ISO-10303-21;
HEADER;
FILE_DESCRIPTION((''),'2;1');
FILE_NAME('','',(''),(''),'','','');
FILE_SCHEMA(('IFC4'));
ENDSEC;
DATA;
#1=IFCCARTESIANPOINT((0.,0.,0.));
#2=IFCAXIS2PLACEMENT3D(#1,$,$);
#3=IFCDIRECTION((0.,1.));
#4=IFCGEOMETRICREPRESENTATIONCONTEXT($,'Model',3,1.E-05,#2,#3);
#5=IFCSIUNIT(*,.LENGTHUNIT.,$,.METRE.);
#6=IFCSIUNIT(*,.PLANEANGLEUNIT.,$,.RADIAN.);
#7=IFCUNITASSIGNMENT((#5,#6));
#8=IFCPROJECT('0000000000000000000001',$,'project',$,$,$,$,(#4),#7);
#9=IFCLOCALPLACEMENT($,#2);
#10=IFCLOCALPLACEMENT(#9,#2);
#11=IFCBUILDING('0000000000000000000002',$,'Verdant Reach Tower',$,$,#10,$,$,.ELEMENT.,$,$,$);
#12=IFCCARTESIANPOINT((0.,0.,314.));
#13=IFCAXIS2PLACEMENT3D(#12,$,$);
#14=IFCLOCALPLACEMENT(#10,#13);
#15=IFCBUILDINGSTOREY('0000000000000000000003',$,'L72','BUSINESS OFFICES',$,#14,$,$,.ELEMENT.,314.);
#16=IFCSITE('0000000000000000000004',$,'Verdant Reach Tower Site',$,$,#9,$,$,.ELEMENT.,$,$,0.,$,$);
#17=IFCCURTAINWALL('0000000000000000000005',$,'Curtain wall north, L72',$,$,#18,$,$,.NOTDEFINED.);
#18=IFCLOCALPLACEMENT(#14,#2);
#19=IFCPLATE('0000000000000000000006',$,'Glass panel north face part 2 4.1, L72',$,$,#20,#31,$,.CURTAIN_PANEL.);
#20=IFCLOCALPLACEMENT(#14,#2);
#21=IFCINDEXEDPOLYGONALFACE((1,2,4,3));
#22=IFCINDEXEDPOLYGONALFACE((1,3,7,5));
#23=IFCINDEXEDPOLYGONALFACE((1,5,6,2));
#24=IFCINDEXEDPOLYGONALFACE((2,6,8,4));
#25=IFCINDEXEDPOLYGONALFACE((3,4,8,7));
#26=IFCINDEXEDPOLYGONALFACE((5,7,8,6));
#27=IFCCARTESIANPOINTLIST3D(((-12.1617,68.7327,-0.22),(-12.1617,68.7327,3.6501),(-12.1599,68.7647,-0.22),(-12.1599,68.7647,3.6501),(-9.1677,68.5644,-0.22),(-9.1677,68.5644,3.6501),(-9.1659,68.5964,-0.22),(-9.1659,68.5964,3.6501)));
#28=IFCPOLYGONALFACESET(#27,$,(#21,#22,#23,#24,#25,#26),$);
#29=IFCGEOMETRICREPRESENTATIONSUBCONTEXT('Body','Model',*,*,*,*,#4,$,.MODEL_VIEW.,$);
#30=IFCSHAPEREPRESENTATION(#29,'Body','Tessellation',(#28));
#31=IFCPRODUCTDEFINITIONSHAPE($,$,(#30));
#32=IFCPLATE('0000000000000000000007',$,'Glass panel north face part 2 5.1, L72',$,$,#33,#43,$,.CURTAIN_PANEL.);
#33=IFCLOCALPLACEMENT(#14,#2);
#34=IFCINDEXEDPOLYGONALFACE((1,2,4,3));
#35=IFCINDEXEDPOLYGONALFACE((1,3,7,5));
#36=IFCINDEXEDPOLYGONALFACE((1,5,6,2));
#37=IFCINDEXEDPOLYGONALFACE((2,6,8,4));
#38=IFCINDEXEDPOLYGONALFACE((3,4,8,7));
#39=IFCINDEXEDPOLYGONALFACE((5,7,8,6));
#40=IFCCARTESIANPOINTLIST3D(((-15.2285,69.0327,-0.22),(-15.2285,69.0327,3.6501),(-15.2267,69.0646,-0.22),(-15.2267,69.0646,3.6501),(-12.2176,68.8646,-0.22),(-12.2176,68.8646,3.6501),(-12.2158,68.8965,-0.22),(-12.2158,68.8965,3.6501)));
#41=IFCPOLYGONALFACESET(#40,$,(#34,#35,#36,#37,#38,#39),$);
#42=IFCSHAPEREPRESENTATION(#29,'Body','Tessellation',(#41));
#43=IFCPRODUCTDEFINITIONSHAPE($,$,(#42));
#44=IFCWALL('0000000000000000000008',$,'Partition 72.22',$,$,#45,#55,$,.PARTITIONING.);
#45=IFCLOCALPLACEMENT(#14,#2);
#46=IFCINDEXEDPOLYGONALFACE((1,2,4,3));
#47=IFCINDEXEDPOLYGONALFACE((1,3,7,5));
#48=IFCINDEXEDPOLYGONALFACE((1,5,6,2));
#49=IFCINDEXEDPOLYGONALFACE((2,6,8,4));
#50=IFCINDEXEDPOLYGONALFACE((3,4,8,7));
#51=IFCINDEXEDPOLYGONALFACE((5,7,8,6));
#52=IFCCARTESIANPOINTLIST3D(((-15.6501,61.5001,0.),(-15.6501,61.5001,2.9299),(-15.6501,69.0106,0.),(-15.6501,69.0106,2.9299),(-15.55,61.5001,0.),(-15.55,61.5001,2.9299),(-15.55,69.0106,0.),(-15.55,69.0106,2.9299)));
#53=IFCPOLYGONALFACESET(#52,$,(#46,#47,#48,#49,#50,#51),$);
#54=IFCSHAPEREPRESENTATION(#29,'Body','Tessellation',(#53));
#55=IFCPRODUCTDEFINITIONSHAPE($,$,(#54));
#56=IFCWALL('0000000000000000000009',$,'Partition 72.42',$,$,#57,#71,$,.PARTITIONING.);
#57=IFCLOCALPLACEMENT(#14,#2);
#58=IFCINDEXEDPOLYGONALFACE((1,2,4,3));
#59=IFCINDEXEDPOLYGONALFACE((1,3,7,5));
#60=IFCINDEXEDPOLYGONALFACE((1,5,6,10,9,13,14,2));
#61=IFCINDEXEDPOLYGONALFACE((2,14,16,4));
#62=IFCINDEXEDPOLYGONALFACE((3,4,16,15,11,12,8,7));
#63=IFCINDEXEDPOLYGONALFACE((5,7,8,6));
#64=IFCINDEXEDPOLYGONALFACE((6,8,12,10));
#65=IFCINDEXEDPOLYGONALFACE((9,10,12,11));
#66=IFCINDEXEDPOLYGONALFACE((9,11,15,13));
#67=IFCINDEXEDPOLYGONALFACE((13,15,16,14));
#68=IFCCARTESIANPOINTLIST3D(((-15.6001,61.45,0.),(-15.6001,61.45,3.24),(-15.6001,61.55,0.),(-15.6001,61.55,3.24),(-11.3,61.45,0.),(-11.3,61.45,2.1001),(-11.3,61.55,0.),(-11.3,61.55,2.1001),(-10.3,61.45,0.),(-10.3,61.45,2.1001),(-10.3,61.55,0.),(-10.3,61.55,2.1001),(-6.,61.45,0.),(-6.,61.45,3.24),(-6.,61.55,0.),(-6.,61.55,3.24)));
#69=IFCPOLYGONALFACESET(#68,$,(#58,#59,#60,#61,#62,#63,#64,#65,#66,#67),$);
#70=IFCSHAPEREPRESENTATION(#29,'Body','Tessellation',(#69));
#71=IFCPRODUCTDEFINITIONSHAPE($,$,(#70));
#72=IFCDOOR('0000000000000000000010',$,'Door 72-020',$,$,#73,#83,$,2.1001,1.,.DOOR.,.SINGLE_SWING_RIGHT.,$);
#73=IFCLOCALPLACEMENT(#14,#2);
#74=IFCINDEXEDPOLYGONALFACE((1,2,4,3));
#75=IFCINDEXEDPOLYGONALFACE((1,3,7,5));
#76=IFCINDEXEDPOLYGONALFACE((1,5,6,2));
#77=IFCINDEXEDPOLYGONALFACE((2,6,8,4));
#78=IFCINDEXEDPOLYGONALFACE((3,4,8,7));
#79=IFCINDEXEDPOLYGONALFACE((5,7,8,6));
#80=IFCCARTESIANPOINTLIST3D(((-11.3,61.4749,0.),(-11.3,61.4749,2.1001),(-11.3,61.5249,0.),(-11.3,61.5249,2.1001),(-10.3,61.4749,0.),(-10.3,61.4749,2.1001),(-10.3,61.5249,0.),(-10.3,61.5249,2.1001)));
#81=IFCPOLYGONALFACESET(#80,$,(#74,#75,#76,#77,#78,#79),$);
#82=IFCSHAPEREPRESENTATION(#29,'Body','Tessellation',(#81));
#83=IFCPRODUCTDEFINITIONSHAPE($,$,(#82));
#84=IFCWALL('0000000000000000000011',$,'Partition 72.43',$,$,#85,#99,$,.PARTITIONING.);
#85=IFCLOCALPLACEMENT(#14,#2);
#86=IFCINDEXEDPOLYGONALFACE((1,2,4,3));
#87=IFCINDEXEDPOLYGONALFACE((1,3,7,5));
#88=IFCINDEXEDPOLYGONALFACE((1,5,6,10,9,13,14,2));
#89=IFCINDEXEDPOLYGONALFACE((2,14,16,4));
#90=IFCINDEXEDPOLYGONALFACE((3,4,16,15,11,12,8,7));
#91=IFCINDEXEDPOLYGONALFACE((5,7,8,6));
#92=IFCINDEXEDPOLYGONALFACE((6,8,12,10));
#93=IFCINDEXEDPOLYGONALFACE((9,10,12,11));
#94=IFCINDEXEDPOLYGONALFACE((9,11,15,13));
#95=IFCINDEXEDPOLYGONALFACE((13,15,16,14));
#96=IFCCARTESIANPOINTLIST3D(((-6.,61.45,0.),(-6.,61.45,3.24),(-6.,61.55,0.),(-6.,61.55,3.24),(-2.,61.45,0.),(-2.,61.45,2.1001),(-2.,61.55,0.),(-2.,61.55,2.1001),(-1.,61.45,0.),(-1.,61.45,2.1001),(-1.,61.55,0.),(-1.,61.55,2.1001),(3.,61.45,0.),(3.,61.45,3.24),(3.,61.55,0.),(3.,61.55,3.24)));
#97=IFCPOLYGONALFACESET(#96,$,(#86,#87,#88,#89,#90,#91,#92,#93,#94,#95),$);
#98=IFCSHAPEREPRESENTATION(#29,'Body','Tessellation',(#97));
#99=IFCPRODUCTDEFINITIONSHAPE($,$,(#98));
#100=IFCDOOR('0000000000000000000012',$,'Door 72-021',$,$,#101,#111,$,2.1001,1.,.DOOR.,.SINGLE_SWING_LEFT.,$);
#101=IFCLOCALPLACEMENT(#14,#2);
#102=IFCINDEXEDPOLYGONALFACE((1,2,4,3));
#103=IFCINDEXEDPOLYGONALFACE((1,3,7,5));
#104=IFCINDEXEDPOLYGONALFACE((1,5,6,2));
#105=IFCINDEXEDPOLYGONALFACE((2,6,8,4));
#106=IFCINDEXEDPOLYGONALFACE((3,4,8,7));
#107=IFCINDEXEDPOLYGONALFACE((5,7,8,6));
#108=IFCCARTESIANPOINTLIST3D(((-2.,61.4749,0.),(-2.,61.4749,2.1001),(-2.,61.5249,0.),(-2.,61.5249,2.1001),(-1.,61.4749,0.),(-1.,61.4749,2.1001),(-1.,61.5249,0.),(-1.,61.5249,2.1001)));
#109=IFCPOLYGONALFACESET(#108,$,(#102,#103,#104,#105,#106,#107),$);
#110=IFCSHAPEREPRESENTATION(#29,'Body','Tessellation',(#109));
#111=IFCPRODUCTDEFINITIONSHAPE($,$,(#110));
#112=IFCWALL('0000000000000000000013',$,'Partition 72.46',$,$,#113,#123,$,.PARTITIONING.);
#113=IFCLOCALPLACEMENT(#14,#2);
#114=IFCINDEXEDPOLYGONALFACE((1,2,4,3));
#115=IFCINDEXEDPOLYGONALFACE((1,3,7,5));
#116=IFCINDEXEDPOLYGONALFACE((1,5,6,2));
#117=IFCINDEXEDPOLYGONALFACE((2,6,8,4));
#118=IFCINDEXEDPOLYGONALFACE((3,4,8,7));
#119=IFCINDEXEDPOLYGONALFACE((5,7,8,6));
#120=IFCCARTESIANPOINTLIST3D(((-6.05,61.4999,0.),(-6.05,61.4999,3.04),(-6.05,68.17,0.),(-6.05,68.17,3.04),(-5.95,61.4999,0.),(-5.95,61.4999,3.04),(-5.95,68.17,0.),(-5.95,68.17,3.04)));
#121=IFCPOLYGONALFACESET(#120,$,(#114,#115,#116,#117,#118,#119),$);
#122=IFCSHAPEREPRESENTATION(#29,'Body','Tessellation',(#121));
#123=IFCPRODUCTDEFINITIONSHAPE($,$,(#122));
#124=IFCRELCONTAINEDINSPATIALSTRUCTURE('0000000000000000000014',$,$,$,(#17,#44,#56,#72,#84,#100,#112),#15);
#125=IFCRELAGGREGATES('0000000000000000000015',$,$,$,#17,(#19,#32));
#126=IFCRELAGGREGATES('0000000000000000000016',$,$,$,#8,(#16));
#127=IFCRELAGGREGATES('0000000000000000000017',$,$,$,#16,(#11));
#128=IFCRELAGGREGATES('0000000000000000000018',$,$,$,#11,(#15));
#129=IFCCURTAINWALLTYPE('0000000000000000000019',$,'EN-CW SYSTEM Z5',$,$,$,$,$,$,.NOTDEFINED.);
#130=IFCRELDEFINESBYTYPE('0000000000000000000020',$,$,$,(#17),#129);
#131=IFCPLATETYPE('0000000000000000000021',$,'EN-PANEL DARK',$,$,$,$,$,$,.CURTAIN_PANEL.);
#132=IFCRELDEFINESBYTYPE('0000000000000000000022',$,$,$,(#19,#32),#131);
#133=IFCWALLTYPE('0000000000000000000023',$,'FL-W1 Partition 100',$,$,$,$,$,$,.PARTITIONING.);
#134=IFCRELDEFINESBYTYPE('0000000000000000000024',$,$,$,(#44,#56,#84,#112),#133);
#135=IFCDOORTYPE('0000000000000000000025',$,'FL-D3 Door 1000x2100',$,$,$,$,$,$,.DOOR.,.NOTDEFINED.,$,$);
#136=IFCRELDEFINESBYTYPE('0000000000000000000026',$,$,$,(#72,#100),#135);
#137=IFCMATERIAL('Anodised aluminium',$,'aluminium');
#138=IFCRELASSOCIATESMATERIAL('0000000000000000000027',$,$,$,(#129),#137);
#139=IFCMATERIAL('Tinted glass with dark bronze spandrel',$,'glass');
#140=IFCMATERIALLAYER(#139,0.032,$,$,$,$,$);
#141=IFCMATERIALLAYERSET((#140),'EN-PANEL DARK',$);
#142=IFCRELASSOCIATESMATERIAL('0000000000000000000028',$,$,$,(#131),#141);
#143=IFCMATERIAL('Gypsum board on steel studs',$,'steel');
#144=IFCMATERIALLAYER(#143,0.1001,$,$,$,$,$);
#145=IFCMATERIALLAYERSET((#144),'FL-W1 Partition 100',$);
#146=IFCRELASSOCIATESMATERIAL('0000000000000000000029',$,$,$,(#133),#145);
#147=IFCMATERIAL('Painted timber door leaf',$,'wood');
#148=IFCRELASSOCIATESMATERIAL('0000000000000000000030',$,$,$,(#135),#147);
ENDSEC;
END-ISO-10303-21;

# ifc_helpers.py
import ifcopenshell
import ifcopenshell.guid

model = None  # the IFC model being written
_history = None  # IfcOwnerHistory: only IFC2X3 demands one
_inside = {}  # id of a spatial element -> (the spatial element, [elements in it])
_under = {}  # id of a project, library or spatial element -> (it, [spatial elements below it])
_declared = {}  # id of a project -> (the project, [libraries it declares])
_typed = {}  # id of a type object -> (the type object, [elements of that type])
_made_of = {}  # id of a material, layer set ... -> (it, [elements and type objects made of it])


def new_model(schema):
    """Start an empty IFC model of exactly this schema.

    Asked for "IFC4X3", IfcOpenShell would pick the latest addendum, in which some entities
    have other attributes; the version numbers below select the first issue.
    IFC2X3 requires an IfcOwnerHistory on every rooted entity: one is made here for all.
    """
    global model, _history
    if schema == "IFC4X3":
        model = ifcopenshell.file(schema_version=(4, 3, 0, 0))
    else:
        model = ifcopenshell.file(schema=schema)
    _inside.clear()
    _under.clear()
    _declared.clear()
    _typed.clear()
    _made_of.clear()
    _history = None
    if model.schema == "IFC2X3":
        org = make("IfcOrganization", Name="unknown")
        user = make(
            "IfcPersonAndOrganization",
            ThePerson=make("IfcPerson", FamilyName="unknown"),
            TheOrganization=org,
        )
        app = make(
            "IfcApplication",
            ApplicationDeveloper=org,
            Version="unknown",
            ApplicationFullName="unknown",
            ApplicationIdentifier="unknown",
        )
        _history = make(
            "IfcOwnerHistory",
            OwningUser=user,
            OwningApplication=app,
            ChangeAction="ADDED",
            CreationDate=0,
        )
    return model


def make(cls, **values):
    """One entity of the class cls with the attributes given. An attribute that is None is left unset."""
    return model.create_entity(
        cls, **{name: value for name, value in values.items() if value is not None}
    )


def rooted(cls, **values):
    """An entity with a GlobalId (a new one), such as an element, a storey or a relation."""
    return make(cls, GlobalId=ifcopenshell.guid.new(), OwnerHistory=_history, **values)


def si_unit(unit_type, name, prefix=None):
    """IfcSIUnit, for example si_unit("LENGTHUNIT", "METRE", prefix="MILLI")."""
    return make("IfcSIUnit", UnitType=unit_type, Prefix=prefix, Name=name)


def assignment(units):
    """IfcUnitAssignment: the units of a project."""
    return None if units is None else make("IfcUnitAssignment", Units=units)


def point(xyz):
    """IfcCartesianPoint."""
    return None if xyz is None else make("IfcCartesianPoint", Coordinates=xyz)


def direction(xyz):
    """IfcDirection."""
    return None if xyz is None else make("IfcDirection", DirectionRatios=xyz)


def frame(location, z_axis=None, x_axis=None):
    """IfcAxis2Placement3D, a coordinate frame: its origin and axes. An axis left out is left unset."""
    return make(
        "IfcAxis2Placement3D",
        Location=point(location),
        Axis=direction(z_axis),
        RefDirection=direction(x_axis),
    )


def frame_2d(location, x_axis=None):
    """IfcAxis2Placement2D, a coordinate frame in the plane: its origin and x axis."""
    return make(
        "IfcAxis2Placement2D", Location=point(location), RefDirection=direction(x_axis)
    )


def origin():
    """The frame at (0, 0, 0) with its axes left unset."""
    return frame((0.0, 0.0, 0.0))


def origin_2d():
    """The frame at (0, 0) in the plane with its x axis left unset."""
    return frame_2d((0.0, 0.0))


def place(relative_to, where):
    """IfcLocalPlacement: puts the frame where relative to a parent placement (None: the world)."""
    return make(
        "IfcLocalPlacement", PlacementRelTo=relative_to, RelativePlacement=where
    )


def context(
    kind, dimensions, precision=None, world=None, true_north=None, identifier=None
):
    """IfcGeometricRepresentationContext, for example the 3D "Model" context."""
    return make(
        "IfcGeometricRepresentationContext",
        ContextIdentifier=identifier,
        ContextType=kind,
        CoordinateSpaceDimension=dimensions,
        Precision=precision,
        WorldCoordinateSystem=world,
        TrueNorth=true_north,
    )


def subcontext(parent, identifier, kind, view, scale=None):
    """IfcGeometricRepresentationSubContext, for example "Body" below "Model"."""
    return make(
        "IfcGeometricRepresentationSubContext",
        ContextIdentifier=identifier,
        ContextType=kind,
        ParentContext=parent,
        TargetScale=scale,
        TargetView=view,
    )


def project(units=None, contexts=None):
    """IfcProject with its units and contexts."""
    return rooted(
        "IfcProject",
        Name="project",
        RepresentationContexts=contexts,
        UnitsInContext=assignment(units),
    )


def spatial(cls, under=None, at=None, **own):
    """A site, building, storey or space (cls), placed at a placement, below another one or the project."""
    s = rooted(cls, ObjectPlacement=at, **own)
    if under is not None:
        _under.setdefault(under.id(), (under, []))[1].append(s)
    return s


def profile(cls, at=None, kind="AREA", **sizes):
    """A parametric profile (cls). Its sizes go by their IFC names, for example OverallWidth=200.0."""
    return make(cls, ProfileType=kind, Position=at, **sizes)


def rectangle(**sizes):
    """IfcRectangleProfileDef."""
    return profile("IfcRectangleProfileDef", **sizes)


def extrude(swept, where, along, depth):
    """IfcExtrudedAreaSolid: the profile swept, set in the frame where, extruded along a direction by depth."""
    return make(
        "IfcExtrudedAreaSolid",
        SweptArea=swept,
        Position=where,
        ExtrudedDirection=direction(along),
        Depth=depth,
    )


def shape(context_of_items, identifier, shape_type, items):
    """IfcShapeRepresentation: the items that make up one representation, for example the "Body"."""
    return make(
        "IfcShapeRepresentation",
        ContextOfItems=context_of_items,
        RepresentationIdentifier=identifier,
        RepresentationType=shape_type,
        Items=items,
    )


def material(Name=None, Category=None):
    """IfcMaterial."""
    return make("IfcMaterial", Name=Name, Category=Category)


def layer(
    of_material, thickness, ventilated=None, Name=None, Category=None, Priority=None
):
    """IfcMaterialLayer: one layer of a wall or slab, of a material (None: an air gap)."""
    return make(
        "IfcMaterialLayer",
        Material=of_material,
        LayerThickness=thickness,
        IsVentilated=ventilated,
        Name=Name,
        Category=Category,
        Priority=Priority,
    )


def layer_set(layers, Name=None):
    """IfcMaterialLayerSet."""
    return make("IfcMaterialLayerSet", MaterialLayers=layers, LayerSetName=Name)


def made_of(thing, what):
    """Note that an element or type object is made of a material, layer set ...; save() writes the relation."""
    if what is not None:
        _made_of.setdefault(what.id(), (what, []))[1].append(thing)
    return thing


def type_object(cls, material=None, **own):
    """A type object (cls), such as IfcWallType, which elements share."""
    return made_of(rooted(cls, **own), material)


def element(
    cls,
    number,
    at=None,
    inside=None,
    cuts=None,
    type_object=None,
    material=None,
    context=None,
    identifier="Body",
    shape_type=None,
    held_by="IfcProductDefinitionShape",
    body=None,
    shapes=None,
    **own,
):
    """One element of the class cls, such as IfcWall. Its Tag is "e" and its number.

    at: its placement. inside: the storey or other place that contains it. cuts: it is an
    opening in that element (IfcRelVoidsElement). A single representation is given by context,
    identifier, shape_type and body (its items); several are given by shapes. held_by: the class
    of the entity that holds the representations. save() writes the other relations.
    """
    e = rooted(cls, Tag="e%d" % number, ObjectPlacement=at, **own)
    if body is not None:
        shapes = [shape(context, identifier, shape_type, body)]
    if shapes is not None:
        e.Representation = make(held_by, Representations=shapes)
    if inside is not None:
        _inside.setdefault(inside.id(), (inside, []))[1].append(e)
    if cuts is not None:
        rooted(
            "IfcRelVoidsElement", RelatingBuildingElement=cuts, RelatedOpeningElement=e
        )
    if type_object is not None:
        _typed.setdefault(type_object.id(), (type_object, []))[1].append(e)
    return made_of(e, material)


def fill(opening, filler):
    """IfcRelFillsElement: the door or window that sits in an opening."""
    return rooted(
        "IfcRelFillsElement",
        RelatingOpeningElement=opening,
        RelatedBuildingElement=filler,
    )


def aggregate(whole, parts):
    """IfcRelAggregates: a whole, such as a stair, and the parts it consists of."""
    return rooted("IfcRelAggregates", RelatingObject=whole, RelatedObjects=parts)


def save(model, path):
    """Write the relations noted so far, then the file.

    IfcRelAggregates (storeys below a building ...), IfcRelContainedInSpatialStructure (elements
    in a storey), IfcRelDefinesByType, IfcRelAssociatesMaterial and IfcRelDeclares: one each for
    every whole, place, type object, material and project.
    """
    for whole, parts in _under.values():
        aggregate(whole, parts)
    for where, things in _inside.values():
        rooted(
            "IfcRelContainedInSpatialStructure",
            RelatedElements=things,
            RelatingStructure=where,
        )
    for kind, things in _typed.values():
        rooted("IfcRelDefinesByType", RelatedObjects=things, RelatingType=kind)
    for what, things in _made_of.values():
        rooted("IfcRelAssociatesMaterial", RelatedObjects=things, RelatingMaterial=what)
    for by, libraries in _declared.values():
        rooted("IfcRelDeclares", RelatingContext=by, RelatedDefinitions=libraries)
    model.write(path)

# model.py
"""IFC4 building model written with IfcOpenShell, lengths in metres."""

from ifc_helpers import new_model, si_unit, direction, frame, frame_2d, origin, origin_2d, place, context, subcontext, project, spatial, rectangle, extrude, material, layer, layer_set, type_object, element, fill, aggregate, save


model = new_model("IFC4")

# Units and contexts
model_context = context("Model", 3, precision=1e-05, world=origin(), true_north=direction((0.0, 1.0)))
body_context = subcontext(model_context, "Body", "Model", "MODEL_VIEW")
ifc_project = project(units=[si_unit("LENGTHUNIT", "METRE"), si_unit("PLANEANGLEUNIT", "RADIAN")], contexts=[model_context])

# Site, building, storey
site_placement = place(None, origin())
site = spatial("IfcSite", under=ifc_project, at=site_placement, Name="Verdant Reach Tower Site", CompositionType="ELEMENT", RefElevation=0.0)
building_placement = place(site_placement, origin())
building = spatial("IfcBuilding", under=site, at=building_placement, Name="Verdant Reach Tower", CompositionType="ELEMENT")
storey_placement = place(building_placement, frame((0.0, 0.0, 314.0)))
storey = spatial("IfcBuildingStorey", under=building, at=storey_placement, Name="L72", Description="BUSINESS OFFICES", CompositionType="ELEMENT", Elevation=314.0)

# Curtain wall
ifc_material_1 = material(Name="Anodised aluminium", Category="aluminium")
curtain_wall_type = type_object("IfcCurtainWallType", Name="EN-CW SYSTEM Z5", PredefinedType="NOTDEFINED", material=ifc_material_1)
curtain_wall_placement = place(storey_placement, origin())
curtain_wall = element("IfcCurtainWall", 1, at=curtain_wall_placement, inside=storey, type_object=curtain_wall_type, Name="Curtain wall north, L72", PredefinedType="NOTDEFINED")

# Plates
ifc_material_2 = material(Name="Tinted glass with dark bronze spandrel", Category="glass")
ifc_layer_1 = layer(ifc_material_2, 0.032)
ifc_layer_set_1 = layer_set([ifc_layer_1], Name="EN-PANEL DARK")
plate_type_1 = type_object("IfcPlateType", Name="EN-PANEL DARK", PredefinedType="CURTAIN_PANEL", material=ifc_layer_set_1)
plate_1_placement = place(storey_placement, frame((-10.6638, 68.6646, -0.22), z_axis=(0.0, 0.0, 1.0), x_axis=(-0.998424, 0.056128, 0.0)))
plate_1 = element("IfcPlate", 2, at=plate_1_placement, type_object=plate_type_1, Name="Glass panel north face part 2 4.1, L72", PredefinedType="CURTAIN_PANEL", context=body_context, shape_type="SweptSolid", body=[
    extrude(rectangle(XDim=2.9988, YDim=0.032, at=origin_2d()), origin(), (0.0, 0.0, 1.0), 3.8701),
])
plate_2_placement = place(storey_placement, frame((-13.7222, 68.9646, -0.22), z_axis=(0.0, 0.0, 1.0), x_axis=(-0.998446, 0.055725, 0.0)))
plate_2 = element("IfcPlate", 3, at=plate_2_placement, type_object=plate_type_1, Name="Glass panel north face part 2 5.1, L72", PredefinedType="CURTAIN_PANEL", context=body_context, shape_type="SweptSolid", body=[
    extrude(rectangle(XDim=3.0156, YDim=0.032, at=origin_2d()), origin(), (0.0, 0.0, 1.0), 3.8701),
])
aggregate(curtain_wall, [plate_1, plate_2])

# Wall
ifc_material_3 = material(Name="Gypsum board on steel studs", Category="steel")
ifc_layer_2 = layer(ifc_material_3, 0.1001)
ifc_layer_set_2 = layer_set([ifc_layer_2], Name="FL-W1 Partition 100")
wall_type = type_object("IfcWallType", Name="FL-W1 Partition 100", PredefinedType="PARTITIONING", material=ifc_layer_set_2)
wall_1_placement = place(storey_placement, frame((-15.6001, 61.5, 0.0), z_axis=(0.0, 0.0, 1.0), x_axis=(0.0, 1.0, 0.0)))
element("IfcWall", 4, at=wall_1_placement, inside=storey, type_object=wall_type, Name="Partition 72.22", PredefinedType="PARTITIONING", context=body_context, shape_type="SweptSolid", body=[
    extrude(rectangle(XDim=7.5105, YDim=0.1001, at=frame_2d((3.7554, 0.0))), origin(), (0.0, 0.0, 1.0), 2.9299),
])

# Walls, openings, doors
wall_2_placement = place(storey_placement, frame((-15.6001, 61.5, 0.0), z_axis=(0.0, 0.0, 1.0), x_axis=(1.0, 0.0, 0.0)))
wall_2 = element("IfcWall", 5, at=wall_2_placement, inside=storey, type_object=wall_type, Name="Partition 72.42", PredefinedType="PARTITIONING", context=body_context, shape_type="SweptSolid", body=[
    extrude(rectangle(XDim=9.6001, YDim=0.1001, at=frame_2d((4.8, 0.0))), origin(), (0.0, 0.0, 1.0), 3.24),
])
opening_1_placement = place(wall_2_placement, frame((4.3, 0.0, 0.0)))
opening_1 = element("IfcOpeningElement", 6, at=opening_1_placement, cuts=wall_2, PredefinedType="OPENING", context=body_context, shape_type="SweptSolid", body=[
    extrude(rectangle(XDim=1.0, YDim=2.1001, at=frame_2d((0.5, 1.05))), frame((0.0, 0.0601, 0.0), z_axis=(0.0, -1.0, 0.0), x_axis=(1.0, 0.0, 0.0)), (0.0, 0.0, 1.0), 0.1201),
])
ifc_material_4 = material(Name="Painted timber door leaf", Category="wood")
door_type = type_object("IfcDoorType", Name="FL-D3 Door 1000x2100", OperationType="NOTDEFINED", PredefinedType="DOOR", material=ifc_material_4)
door_1_placement = place(opening_1_placement, origin())
door_1 = element("IfcDoor", 7, at=door_1_placement, inside=storey, type_object=door_type, Name="Door 72-020", OperationType="SINGLE_SWING_RIGHT", OverallHeight=2.1001, OverallWidth=1.0, PredefinedType="DOOR", context=body_context, shape_type="SweptSolid", body=[
    extrude(rectangle(XDim=1.0, YDim=2.1001, at=frame_2d((0.5, 1.05))), frame((0.0, 0.0249, 0.0), z_axis=(0.0, -1.0, 0.0), x_axis=(1.0, 0.0, 0.0)), (0.0, 0.0, 1.0), 0.05),
])
fill(opening_1, door_1)
wall_3_placement = place(storey_placement, frame((-6.0, 61.5, 0.0), z_axis=(0.0, 0.0, 1.0), x_axis=(1.0, 0.0, 0.0)))
wall_3 = element("IfcWall", 8, at=wall_3_placement, inside=storey, type_object=wall_type, Name="Partition 72.43", PredefinedType="PARTITIONING", context=body_context, shape_type="SweptSolid", body=[
    extrude(rectangle(XDim=9.0, YDim=0.1001, at=frame_2d((4.5, 0.0))), origin(), (0.0, 0.0, 1.0), 3.24),
])
opening_2_placement = place(wall_3_placement, frame((4.0, 0.0, 0.0)))
opening_2 = element("IfcOpeningElement", 9, at=opening_2_placement, cuts=wall_3, PredefinedType="OPENING", context=body_context, shape_type="SweptSolid", body=[
    extrude(rectangle(XDim=1.0, YDim=2.1001, at=frame_2d((0.5, 1.05))), frame((0.0, 0.0601, 0.0), z_axis=(0.0, -1.0, 0.0), x_axis=(1.0, 0.0, 0.0)), (0.0, 0.0, 1.0), 0.1201),
])
door_2_placement = place(opening_2_placement, origin())
door_2 = element("IfcDoor", 10, at=door_2_placement, inside=storey, type_object=door_type, Name="Door 72-021", OperationType="SINGLE_SWING_LEFT", OverallHeight=2.1001, OverallWidth=1.0, PredefinedType="DOOR", context=body_context, shape_type="SweptSolid", body=[
    extrude(rectangle(XDim=1.0, YDim=2.1001, at=frame_2d((0.5, 1.05))), frame((0.0, 0.0249, 0.0), z_axis=(0.0, -1.0, 0.0), x_axis=(1.0, 0.0, 0.0)), (0.0, 0.0, 1.0), 0.05),
])
fill(opening_2, door_2)

# Wall
wall_4_placement = place(storey_placement, frame((-6.0, 61.5, 0.0), z_axis=(0.0, 0.0, 1.0), x_axis=(0.0, 1.0, 0.0)))
element("IfcWall", 11, at=wall_4_placement, inside=storey, type_object=wall_type, Name="Partition 72.46", PredefinedType="PARTITIONING", context=body_context, shape_type="SweptSolid", body=[
    extrude(rectangle(XDim=6.6702, YDim=0.1001, at=frame_2d((3.335, 0.0))), origin(), (0.0, 0.0, 1.0), 3.04),
])

save(model, "model.ifc")
